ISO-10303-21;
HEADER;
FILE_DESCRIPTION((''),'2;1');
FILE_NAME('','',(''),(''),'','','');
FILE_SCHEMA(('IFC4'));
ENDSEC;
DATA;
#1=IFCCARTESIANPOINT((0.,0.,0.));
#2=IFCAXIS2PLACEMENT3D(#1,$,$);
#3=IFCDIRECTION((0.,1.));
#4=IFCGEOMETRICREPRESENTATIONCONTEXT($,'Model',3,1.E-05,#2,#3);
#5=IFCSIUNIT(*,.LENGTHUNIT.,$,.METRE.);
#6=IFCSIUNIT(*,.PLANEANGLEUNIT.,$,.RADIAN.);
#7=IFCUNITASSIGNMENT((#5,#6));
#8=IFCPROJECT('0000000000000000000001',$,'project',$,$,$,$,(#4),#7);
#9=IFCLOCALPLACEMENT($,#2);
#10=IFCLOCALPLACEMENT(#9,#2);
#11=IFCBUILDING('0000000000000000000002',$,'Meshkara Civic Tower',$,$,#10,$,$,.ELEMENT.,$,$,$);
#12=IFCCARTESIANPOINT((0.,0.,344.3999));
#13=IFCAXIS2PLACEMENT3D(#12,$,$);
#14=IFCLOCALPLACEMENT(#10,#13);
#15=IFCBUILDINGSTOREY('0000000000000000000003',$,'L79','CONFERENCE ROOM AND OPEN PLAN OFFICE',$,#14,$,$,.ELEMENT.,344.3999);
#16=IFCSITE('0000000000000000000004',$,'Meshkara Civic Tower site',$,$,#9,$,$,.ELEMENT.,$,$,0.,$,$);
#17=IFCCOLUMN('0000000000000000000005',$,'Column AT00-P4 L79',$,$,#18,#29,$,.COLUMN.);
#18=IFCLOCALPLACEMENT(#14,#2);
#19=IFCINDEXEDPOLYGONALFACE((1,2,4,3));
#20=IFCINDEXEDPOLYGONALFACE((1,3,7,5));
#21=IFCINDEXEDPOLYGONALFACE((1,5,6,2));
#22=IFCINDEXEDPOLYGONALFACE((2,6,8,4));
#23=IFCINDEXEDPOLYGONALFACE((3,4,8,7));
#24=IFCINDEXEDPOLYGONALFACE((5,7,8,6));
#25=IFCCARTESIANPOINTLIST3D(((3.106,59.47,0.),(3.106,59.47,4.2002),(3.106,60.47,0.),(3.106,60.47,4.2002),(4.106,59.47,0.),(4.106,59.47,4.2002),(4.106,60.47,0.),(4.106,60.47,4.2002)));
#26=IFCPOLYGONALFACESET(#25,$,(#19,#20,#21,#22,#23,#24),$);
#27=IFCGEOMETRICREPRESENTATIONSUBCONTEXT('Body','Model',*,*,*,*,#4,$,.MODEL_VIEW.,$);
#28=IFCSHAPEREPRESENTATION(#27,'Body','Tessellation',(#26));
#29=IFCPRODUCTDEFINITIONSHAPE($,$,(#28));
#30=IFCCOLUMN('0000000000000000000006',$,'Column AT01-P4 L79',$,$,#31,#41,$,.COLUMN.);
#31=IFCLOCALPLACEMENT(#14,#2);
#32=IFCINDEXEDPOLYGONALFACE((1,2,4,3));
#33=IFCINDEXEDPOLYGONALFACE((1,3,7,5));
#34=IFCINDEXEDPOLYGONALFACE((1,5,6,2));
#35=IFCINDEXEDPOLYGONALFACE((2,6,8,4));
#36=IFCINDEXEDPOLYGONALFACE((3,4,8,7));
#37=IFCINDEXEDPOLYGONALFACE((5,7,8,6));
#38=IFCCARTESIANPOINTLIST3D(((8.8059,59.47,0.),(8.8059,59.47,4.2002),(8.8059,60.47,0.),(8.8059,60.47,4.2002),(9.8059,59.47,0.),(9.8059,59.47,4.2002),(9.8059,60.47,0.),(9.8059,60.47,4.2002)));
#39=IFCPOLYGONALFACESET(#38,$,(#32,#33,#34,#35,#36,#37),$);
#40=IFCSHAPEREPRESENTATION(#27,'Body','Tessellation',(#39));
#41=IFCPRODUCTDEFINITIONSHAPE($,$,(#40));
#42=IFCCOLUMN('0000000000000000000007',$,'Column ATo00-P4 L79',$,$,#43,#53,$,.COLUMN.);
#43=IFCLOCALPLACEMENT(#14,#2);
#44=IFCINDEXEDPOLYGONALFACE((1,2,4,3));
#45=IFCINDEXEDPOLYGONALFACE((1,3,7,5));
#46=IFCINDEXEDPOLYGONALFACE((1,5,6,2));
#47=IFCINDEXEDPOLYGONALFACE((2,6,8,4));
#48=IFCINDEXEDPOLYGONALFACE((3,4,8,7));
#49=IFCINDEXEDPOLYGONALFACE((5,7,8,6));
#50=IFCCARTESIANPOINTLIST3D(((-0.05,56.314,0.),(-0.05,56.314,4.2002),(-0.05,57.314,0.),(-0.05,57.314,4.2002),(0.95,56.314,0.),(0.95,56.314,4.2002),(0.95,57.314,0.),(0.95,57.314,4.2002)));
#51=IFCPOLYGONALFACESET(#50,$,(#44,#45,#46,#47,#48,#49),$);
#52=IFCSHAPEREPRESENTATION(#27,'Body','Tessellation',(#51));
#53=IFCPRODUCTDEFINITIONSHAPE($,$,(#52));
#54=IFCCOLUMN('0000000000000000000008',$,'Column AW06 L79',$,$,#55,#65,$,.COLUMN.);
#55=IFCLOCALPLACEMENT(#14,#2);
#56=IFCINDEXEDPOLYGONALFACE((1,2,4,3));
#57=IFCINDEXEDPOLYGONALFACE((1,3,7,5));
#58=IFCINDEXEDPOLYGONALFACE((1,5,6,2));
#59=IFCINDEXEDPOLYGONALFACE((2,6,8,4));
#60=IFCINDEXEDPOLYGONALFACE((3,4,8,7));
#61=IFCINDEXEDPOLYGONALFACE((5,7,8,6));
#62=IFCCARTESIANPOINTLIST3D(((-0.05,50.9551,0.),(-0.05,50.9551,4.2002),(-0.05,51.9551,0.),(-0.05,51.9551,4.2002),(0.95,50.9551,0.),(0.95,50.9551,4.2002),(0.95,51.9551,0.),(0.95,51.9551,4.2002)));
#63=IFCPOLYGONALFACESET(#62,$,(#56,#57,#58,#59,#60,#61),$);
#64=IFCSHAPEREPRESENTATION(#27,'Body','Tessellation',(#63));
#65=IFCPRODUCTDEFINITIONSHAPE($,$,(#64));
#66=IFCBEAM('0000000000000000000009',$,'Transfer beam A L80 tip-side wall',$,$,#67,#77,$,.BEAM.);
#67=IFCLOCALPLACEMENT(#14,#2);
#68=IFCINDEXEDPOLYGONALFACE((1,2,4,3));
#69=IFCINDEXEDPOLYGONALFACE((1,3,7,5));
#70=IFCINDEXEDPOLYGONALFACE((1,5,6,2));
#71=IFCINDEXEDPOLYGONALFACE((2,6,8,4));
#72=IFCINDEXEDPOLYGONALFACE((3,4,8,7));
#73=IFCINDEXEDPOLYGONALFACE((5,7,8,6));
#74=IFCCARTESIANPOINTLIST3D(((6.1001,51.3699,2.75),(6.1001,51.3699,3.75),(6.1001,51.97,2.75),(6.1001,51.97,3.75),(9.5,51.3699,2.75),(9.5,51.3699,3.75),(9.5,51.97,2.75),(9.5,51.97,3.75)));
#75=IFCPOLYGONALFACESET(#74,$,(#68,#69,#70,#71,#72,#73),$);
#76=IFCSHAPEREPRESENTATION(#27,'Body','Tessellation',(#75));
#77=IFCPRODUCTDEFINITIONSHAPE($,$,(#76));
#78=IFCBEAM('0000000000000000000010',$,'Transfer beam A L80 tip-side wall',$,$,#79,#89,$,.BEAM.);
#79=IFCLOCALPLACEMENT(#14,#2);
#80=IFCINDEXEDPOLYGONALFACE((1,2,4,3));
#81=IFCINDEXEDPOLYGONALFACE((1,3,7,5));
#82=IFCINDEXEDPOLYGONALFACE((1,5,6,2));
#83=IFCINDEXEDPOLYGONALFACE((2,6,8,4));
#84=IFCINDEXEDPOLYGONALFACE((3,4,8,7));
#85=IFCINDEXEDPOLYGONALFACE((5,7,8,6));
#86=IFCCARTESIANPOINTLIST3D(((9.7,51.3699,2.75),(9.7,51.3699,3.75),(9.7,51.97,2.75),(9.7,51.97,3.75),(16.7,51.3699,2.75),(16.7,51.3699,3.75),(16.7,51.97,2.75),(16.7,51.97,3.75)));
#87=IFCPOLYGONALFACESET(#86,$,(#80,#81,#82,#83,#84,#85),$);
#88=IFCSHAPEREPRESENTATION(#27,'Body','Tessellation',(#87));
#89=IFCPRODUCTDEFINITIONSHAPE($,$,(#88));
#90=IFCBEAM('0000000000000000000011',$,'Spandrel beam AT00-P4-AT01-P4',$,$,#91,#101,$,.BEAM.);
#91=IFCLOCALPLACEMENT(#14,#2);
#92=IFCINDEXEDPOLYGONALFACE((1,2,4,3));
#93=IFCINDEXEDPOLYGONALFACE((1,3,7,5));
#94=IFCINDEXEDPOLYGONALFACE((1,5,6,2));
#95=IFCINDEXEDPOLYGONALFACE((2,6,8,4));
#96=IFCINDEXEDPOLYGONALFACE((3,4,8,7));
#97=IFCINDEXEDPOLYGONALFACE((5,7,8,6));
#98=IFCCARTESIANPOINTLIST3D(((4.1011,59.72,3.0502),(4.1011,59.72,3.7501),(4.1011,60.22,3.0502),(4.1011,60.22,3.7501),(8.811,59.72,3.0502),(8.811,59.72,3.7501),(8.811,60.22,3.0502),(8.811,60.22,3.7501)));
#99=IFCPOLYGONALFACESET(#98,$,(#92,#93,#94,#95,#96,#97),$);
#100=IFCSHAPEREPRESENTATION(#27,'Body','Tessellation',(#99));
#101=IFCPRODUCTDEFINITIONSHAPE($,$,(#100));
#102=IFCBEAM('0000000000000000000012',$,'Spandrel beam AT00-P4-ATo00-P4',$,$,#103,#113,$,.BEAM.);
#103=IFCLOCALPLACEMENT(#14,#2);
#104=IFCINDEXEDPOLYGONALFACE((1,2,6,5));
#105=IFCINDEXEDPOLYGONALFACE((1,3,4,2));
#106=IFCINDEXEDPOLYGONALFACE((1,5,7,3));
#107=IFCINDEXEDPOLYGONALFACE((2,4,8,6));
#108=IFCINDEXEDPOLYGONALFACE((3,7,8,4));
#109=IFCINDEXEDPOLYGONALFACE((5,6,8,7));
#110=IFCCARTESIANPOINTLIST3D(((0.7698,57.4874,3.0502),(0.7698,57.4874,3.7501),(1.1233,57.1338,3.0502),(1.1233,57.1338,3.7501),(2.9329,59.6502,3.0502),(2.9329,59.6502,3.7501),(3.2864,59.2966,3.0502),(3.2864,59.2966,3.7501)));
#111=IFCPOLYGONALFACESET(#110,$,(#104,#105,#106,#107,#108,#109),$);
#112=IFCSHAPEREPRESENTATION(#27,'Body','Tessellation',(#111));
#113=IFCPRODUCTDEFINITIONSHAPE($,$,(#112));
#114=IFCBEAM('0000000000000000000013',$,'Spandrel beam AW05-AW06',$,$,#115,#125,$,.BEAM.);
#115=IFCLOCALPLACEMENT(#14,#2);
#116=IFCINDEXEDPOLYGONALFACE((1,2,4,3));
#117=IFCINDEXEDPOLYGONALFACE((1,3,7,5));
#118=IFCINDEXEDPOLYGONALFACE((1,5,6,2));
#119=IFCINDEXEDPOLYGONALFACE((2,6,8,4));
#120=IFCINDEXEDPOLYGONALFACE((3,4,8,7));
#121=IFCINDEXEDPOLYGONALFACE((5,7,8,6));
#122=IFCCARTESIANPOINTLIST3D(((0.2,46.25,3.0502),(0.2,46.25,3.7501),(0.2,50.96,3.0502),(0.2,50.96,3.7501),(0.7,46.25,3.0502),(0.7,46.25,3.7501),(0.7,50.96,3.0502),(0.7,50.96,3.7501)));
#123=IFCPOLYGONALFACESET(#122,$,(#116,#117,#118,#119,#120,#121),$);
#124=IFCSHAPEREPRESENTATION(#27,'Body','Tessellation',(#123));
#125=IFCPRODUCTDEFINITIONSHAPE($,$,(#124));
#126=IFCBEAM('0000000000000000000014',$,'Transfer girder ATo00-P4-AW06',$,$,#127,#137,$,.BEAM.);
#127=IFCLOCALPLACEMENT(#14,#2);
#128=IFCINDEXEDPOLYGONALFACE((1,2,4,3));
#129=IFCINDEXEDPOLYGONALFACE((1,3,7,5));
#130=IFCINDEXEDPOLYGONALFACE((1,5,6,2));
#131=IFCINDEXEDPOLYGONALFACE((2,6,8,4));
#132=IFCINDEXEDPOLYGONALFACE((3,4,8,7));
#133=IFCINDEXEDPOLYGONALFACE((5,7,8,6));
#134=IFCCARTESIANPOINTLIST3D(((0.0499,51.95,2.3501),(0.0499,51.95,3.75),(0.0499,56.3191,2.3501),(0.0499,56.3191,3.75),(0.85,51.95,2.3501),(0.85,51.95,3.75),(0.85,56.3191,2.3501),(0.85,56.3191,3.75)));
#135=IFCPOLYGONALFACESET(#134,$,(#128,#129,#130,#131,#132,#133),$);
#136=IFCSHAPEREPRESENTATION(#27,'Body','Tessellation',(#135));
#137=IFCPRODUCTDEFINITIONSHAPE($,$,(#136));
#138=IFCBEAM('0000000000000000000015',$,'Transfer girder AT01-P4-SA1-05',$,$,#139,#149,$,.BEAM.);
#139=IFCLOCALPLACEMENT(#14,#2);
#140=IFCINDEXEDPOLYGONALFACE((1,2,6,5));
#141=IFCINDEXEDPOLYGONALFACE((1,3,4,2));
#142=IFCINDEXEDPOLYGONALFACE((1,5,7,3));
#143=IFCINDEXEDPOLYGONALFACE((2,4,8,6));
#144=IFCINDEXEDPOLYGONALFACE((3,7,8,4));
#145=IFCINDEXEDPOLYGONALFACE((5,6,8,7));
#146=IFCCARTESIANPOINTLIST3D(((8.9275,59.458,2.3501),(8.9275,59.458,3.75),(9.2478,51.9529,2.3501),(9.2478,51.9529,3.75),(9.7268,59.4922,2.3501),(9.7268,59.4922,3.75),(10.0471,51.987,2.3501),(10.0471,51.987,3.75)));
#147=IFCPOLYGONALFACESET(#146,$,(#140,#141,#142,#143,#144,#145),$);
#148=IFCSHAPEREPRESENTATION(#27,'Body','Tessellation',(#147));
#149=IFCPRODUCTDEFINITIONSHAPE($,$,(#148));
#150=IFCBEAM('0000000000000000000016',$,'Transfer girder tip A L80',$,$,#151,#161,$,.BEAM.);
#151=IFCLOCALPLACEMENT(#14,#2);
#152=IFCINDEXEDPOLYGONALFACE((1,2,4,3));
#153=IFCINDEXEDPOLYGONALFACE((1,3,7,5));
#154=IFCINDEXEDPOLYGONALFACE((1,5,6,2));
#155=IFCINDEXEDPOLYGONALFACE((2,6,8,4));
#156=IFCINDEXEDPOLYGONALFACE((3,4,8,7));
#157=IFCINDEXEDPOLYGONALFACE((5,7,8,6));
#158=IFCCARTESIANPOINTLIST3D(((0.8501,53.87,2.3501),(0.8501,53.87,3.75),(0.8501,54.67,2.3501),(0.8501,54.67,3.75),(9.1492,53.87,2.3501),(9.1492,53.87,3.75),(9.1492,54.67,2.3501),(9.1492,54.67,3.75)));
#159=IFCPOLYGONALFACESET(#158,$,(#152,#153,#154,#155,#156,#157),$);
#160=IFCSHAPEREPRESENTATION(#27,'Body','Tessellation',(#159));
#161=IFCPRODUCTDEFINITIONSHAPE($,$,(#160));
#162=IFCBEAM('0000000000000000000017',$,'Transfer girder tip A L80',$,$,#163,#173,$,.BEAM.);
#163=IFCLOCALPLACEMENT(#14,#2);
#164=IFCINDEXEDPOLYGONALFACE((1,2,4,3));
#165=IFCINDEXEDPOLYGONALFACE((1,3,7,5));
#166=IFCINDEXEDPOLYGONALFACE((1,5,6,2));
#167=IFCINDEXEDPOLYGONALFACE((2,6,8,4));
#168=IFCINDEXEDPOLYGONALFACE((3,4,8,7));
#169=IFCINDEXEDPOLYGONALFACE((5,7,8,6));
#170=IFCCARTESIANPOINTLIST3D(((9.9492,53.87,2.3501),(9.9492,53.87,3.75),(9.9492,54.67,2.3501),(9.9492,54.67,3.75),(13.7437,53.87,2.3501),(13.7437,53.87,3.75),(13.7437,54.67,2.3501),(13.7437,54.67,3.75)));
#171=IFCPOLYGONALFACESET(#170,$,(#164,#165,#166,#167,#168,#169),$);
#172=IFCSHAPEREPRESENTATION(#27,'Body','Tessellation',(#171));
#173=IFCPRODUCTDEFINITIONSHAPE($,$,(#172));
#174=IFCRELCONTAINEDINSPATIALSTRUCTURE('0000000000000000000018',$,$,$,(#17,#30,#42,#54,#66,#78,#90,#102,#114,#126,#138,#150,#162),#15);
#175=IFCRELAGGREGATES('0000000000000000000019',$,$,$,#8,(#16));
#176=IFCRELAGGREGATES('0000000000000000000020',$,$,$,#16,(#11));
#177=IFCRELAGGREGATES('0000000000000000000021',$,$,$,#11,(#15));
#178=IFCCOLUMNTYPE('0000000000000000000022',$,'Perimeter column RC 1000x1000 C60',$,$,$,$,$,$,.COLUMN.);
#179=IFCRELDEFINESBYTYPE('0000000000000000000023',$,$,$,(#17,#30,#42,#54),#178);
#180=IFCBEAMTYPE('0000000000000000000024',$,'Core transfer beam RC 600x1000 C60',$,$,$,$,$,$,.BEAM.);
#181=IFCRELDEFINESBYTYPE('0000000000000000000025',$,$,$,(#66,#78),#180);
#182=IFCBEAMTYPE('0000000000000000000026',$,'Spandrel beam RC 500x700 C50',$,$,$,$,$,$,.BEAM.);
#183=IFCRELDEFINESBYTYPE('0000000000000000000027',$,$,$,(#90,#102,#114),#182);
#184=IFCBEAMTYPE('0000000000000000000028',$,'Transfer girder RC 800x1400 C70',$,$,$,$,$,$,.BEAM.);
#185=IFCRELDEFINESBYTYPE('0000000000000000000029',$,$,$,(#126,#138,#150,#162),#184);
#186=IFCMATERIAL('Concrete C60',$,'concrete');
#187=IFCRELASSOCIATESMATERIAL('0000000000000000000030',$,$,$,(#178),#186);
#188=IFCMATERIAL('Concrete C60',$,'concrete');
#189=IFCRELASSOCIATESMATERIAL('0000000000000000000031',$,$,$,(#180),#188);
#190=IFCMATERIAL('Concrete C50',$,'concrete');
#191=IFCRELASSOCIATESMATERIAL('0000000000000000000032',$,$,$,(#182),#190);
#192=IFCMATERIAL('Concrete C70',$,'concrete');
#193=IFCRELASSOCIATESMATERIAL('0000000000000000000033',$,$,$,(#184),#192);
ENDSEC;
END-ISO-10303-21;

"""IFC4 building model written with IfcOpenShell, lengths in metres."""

from ifc_helpers import new_model, si_unit, direction, frame, origin, origin_2d, place, context, subcontext, project, spatial, rectangle, extrude, material, material_profile, profile_set, type_object, element, save


model = new_model("IFC4")

# Units and contexts
model_context = context("Model", 3, precision=1e-05, world=origin(), true_north=direction((0.0, 1.0)))
body_context = subcontext(model_context, "Body", "Model", "MODEL_VIEW")
ifc_project = project(units=[si_unit("LENGTHUNIT", "METRE"), si_unit("PLANEANGLEUNIT", "RADIAN")], contexts=[model_context])

# Site, building, storey
site_placement = place(None, origin())
site = spatial("IfcSite", under=ifc_project, at=site_placement, Name="Meshkara Civic Tower site", CompositionType="ELEMENT", RefElevation=0.0)
building_placement = place(site_placement, origin())
building = spatial("IfcBuilding", under=site, at=building_placement, Name="Meshkara Civic Tower", CompositionType="ELEMENT")
storey_placement = place(building_placement, frame((0.0, 0.0, 344.3999)))
storey = spatial("IfcBuildingStorey", under=building, at=storey_placement, Name="L79", Description="CONFERENCE ROOM AND OPEN PLAN OFFICE", CompositionType="ELEMENT", Elevation=344.3999)

# Columns
ifc_material_1 = material(Name="Concrete C60", Category="concrete")
ifc_material_profile_1 = material_profile(ifc_material_1, rectangle(XDim=1.0, YDim=1.0, at=origin_2d()))
ifc_profile_set_1 = profile_set([ifc_material_profile_1], Name="Concrete C60")
column_type = type_object("IfcColumnType", Name="Perimeter column RC 1000x1000 C60", PredefinedType="COLUMN", material=ifc_profile_set_1)
for number, where, z_axis, x_axis, name in (
    (1, (3.606, 59.97, 0.0), (0.0, 0.0, 1.0), (1.0, 0.0, 0.0), "Column AT00-P4 L79"),
    (2, (9.3059, 59.97, 0.0), (0.0, 0.0, 1.0), (1.0, 0.0, 0.0), "Column AT01-P4 L79"),
    (3, (0.45, 56.814, 0.0), (0.0, 0.0, 1.0), (1.0, 0.0, 0.0), "Column ATo00-P4 L79"),
    (4, (0.45, 51.4551, 0.0), (0.0, 0.0, 1.0), (1.0, 0.0, 0.0), "Column AW06 L79"),
):
    element("IfcColumn", number, at=place(storey_placement, frame(where, z_axis=z_axis, x_axis=x_axis)), inside=storey, type_object=column_type, Name=name, PredefinedType="COLUMN", context=body_context, shape_type="SweptSolid", body=[
        extrude(rectangle(XDim=1.0, YDim=1.0, at=origin_2d()), origin(), (0.0, 0.0, 1.0), 4.2002),
    ])

# Beams
ifc_material_2 = material(Name="Concrete C60", Category="concrete")
ifc_material_profile_2 = material_profile(ifc_material_2, rectangle(XDim=0.6001, YDim=1.0, at=origin_2d()))
ifc_profile_set_2 = profile_set([ifc_material_profile_2], Name="Concrete C60")
beam_type_1 = type_object("IfcBeamType", Name="Core transfer beam RC 600x1000 C60", PredefinedType="BEAM", material=ifc_profile_set_2)
beam_1_placement = place(storey_placement, frame((6.1001, 51.6699, 3.25), z_axis=(1.0, 0.0, 0.0), x_axis=(0.0, 1.0, 0.0)))
element("IfcBeam", 5, at=beam_1_placement, inside=storey, type_object=beam_type_1, Name="Transfer beam A L80 tip-side wall", PredefinedType="BEAM", context=body_context, shape_type="SweptSolid", body=[
    extrude(rectangle(XDim=0.6001, YDim=1.0, at=origin_2d()), origin(), (0.0, 0.0, 1.0), 3.3999),
])
beam_2_placement = place(storey_placement, frame((9.7, 51.6699, 3.25), z_axis=(1.0, 0.0, 0.0), x_axis=(0.0, 1.0, 0.0)))
element("IfcBeam", 6, at=beam_2_placement, inside=storey, type_object=beam_type_1, Name="Transfer beam A L80 tip-side wall", PredefinedType="BEAM", context=body_context, shape_type="SweptSolid", body=[
    extrude(rectangle(XDim=0.6001, YDim=1.0, at=origin_2d()), origin(), (0.0, 0.0, 1.0), 7.0),
])
ifc_material_3 = material(Name="Concrete C50", Category="concrete")
ifc_material_profile_3 = material_profile(ifc_material_3, rectangle(XDim=0.5, YDim=0.7, at=origin_2d()))
ifc_profile_set_3 = profile_set([ifc_material_profile_3], Name="Concrete C50")
beam_type_2 = type_object("IfcBeamType", Name="Spandrel beam RC 500x700 C50", PredefinedType="BEAM", material=ifc_profile_set_3)
beam_3_placement = place(storey_placement, frame((8.811, 59.97, 3.4001), z_axis=(-1.0, 0.0, 0.0), x_axis=(0.0, -1.0, 0.0)))
element("IfcBeam", 7, at=beam_3_placement, inside=storey, type_object=beam_type_2, Name="Spandrel beam AT00-P4-AT01-P4", PredefinedType="BEAM", context=body_context, shape_type="SweptSolid", body=[
    extrude(rectangle(XDim=0.5, YDim=0.7, at=origin_2d()), origin(), (0.0, 0.0, 1.0), 4.71),
])
beam_4_placement = place(storey_placement, frame((3.1096, 59.4734, 3.4001), z_axis=(-0.707147, -0.707067, 0.0), x_axis=(0.707067, -0.707147, 0.0)))
element("IfcBeam", 8, at=beam_4_placement, inside=storey, type_object=beam_type_2, Name="Spandrel beam AT00-P4-ATo00-P4", PredefinedType="BEAM", context=body_context, shape_type="SweptSolid", body=[
    extrude(rectangle(XDim=0.5, YDim=0.7, at=origin_2d()), origin(), (0.0, 0.0, 1.0), 3.0588),
])
beam_5_placement = place(storey_placement, frame((0.45, 50.96, 3.4001), z_axis=(0.0, -1.0, 0.0), x_axis=(1.0, 0.0, 0.0)))
element("IfcBeam", 9, at=beam_5_placement, inside=storey, type_object=beam_type_2, Name="Spandrel beam AW05-AW06", PredefinedType="BEAM", context=body_context, shape_type="SweptSolid", body=[
    extrude(rectangle(XDim=0.5, YDim=0.7, at=origin_2d()), origin(), (0.0, 0.0, 1.0), 4.71),
])
ifc_material_4 = material(Name="Concrete C70", Category="concrete")
ifc_material_profile_4 = material_profile(ifc_material_4, rectangle(XDim=0.8, YDim=1.3999, at=origin_2d()))
ifc_profile_set_4 = profile_set([ifc_material_profile_4], Name="Concrete C70")
beam_type_3 = type_object("IfcBeamType", Name="Transfer girder RC 800x1400 C70", PredefinedType="BEAM", material=ifc_profile_set_4)
beam_6_placement = place(storey_placement, frame((0.45, 51.95, 3.05), z_axis=(0.0, 1.0, 0.0), x_axis=(-1.0, 0.0, 0.0)))
element("IfcBeam", 10, at=beam_6_placement, inside=storey, type_object=beam_type_3, Name="Transfer girder ATo00-P4-AW06", PredefinedType="BEAM", context=body_context, shape_type="SweptSolid", body=[
    extrude(rectangle(XDim=0.8, YDim=1.3999, at=origin_2d()), origin(), (0.0, 0.0, 1.0), 4.3691),
])
beam_7_placement = place(storey_placement, frame((9.6475, 51.97, 3.05), z_axis=(-0.04264, 0.99909, 0.0), x_axis=(-0.99909, -0.04264, 0.0)))
element("IfcBeam", 11, at=beam_7_placement, inside=storey, type_object=beam_type_3, Name="Transfer girder AT01-P4-SA1-05", PredefinedType="BEAM", context=body_context, shape_type="SweptSolid", body=[
    extrude(rectangle(XDim=0.8, YDim=1.3999, at=origin_2d()), origin(), (0.0, 0.0, 1.0), 7.512),
])
beam_8_placement = place(storey_placement, frame((0.8501, 54.27, 3.05), z_axis=(1.0, 0.0, 0.0), x_axis=(0.0, 1.0, 0.0)))
element("IfcBeam", 12, at=beam_8_placement, inside=storey, type_object=beam_type_3, Name="Transfer girder tip A L80", PredefinedType="BEAM", context=body_context, shape_type="SweptSolid", body=[
    extrude(rectangle(XDim=0.8, YDim=1.3999, at=origin_2d()), origin(), (0.0, 0.0, 1.0), 8.2991),
])
beam_9_placement = place(storey_placement, frame((9.9492, 54.27, 3.05), z_axis=(1.0, 0.0, 0.0), x_axis=(0.0, 1.0, 0.0)))
element("IfcBeam", 13, at=beam_9_placement, inside=storey, type_object=beam_type_3, Name="Transfer girder tip A L80", PredefinedType="BEAM", context=body_context, shape_type="SweptSolid", body=[
    extrude(rectangle(XDim=0.8, YDim=1.3999, at=origin_2d()), origin(), (0.0, 0.0, 1.0), 3.7944),
])

save(model, "model.ifc")
